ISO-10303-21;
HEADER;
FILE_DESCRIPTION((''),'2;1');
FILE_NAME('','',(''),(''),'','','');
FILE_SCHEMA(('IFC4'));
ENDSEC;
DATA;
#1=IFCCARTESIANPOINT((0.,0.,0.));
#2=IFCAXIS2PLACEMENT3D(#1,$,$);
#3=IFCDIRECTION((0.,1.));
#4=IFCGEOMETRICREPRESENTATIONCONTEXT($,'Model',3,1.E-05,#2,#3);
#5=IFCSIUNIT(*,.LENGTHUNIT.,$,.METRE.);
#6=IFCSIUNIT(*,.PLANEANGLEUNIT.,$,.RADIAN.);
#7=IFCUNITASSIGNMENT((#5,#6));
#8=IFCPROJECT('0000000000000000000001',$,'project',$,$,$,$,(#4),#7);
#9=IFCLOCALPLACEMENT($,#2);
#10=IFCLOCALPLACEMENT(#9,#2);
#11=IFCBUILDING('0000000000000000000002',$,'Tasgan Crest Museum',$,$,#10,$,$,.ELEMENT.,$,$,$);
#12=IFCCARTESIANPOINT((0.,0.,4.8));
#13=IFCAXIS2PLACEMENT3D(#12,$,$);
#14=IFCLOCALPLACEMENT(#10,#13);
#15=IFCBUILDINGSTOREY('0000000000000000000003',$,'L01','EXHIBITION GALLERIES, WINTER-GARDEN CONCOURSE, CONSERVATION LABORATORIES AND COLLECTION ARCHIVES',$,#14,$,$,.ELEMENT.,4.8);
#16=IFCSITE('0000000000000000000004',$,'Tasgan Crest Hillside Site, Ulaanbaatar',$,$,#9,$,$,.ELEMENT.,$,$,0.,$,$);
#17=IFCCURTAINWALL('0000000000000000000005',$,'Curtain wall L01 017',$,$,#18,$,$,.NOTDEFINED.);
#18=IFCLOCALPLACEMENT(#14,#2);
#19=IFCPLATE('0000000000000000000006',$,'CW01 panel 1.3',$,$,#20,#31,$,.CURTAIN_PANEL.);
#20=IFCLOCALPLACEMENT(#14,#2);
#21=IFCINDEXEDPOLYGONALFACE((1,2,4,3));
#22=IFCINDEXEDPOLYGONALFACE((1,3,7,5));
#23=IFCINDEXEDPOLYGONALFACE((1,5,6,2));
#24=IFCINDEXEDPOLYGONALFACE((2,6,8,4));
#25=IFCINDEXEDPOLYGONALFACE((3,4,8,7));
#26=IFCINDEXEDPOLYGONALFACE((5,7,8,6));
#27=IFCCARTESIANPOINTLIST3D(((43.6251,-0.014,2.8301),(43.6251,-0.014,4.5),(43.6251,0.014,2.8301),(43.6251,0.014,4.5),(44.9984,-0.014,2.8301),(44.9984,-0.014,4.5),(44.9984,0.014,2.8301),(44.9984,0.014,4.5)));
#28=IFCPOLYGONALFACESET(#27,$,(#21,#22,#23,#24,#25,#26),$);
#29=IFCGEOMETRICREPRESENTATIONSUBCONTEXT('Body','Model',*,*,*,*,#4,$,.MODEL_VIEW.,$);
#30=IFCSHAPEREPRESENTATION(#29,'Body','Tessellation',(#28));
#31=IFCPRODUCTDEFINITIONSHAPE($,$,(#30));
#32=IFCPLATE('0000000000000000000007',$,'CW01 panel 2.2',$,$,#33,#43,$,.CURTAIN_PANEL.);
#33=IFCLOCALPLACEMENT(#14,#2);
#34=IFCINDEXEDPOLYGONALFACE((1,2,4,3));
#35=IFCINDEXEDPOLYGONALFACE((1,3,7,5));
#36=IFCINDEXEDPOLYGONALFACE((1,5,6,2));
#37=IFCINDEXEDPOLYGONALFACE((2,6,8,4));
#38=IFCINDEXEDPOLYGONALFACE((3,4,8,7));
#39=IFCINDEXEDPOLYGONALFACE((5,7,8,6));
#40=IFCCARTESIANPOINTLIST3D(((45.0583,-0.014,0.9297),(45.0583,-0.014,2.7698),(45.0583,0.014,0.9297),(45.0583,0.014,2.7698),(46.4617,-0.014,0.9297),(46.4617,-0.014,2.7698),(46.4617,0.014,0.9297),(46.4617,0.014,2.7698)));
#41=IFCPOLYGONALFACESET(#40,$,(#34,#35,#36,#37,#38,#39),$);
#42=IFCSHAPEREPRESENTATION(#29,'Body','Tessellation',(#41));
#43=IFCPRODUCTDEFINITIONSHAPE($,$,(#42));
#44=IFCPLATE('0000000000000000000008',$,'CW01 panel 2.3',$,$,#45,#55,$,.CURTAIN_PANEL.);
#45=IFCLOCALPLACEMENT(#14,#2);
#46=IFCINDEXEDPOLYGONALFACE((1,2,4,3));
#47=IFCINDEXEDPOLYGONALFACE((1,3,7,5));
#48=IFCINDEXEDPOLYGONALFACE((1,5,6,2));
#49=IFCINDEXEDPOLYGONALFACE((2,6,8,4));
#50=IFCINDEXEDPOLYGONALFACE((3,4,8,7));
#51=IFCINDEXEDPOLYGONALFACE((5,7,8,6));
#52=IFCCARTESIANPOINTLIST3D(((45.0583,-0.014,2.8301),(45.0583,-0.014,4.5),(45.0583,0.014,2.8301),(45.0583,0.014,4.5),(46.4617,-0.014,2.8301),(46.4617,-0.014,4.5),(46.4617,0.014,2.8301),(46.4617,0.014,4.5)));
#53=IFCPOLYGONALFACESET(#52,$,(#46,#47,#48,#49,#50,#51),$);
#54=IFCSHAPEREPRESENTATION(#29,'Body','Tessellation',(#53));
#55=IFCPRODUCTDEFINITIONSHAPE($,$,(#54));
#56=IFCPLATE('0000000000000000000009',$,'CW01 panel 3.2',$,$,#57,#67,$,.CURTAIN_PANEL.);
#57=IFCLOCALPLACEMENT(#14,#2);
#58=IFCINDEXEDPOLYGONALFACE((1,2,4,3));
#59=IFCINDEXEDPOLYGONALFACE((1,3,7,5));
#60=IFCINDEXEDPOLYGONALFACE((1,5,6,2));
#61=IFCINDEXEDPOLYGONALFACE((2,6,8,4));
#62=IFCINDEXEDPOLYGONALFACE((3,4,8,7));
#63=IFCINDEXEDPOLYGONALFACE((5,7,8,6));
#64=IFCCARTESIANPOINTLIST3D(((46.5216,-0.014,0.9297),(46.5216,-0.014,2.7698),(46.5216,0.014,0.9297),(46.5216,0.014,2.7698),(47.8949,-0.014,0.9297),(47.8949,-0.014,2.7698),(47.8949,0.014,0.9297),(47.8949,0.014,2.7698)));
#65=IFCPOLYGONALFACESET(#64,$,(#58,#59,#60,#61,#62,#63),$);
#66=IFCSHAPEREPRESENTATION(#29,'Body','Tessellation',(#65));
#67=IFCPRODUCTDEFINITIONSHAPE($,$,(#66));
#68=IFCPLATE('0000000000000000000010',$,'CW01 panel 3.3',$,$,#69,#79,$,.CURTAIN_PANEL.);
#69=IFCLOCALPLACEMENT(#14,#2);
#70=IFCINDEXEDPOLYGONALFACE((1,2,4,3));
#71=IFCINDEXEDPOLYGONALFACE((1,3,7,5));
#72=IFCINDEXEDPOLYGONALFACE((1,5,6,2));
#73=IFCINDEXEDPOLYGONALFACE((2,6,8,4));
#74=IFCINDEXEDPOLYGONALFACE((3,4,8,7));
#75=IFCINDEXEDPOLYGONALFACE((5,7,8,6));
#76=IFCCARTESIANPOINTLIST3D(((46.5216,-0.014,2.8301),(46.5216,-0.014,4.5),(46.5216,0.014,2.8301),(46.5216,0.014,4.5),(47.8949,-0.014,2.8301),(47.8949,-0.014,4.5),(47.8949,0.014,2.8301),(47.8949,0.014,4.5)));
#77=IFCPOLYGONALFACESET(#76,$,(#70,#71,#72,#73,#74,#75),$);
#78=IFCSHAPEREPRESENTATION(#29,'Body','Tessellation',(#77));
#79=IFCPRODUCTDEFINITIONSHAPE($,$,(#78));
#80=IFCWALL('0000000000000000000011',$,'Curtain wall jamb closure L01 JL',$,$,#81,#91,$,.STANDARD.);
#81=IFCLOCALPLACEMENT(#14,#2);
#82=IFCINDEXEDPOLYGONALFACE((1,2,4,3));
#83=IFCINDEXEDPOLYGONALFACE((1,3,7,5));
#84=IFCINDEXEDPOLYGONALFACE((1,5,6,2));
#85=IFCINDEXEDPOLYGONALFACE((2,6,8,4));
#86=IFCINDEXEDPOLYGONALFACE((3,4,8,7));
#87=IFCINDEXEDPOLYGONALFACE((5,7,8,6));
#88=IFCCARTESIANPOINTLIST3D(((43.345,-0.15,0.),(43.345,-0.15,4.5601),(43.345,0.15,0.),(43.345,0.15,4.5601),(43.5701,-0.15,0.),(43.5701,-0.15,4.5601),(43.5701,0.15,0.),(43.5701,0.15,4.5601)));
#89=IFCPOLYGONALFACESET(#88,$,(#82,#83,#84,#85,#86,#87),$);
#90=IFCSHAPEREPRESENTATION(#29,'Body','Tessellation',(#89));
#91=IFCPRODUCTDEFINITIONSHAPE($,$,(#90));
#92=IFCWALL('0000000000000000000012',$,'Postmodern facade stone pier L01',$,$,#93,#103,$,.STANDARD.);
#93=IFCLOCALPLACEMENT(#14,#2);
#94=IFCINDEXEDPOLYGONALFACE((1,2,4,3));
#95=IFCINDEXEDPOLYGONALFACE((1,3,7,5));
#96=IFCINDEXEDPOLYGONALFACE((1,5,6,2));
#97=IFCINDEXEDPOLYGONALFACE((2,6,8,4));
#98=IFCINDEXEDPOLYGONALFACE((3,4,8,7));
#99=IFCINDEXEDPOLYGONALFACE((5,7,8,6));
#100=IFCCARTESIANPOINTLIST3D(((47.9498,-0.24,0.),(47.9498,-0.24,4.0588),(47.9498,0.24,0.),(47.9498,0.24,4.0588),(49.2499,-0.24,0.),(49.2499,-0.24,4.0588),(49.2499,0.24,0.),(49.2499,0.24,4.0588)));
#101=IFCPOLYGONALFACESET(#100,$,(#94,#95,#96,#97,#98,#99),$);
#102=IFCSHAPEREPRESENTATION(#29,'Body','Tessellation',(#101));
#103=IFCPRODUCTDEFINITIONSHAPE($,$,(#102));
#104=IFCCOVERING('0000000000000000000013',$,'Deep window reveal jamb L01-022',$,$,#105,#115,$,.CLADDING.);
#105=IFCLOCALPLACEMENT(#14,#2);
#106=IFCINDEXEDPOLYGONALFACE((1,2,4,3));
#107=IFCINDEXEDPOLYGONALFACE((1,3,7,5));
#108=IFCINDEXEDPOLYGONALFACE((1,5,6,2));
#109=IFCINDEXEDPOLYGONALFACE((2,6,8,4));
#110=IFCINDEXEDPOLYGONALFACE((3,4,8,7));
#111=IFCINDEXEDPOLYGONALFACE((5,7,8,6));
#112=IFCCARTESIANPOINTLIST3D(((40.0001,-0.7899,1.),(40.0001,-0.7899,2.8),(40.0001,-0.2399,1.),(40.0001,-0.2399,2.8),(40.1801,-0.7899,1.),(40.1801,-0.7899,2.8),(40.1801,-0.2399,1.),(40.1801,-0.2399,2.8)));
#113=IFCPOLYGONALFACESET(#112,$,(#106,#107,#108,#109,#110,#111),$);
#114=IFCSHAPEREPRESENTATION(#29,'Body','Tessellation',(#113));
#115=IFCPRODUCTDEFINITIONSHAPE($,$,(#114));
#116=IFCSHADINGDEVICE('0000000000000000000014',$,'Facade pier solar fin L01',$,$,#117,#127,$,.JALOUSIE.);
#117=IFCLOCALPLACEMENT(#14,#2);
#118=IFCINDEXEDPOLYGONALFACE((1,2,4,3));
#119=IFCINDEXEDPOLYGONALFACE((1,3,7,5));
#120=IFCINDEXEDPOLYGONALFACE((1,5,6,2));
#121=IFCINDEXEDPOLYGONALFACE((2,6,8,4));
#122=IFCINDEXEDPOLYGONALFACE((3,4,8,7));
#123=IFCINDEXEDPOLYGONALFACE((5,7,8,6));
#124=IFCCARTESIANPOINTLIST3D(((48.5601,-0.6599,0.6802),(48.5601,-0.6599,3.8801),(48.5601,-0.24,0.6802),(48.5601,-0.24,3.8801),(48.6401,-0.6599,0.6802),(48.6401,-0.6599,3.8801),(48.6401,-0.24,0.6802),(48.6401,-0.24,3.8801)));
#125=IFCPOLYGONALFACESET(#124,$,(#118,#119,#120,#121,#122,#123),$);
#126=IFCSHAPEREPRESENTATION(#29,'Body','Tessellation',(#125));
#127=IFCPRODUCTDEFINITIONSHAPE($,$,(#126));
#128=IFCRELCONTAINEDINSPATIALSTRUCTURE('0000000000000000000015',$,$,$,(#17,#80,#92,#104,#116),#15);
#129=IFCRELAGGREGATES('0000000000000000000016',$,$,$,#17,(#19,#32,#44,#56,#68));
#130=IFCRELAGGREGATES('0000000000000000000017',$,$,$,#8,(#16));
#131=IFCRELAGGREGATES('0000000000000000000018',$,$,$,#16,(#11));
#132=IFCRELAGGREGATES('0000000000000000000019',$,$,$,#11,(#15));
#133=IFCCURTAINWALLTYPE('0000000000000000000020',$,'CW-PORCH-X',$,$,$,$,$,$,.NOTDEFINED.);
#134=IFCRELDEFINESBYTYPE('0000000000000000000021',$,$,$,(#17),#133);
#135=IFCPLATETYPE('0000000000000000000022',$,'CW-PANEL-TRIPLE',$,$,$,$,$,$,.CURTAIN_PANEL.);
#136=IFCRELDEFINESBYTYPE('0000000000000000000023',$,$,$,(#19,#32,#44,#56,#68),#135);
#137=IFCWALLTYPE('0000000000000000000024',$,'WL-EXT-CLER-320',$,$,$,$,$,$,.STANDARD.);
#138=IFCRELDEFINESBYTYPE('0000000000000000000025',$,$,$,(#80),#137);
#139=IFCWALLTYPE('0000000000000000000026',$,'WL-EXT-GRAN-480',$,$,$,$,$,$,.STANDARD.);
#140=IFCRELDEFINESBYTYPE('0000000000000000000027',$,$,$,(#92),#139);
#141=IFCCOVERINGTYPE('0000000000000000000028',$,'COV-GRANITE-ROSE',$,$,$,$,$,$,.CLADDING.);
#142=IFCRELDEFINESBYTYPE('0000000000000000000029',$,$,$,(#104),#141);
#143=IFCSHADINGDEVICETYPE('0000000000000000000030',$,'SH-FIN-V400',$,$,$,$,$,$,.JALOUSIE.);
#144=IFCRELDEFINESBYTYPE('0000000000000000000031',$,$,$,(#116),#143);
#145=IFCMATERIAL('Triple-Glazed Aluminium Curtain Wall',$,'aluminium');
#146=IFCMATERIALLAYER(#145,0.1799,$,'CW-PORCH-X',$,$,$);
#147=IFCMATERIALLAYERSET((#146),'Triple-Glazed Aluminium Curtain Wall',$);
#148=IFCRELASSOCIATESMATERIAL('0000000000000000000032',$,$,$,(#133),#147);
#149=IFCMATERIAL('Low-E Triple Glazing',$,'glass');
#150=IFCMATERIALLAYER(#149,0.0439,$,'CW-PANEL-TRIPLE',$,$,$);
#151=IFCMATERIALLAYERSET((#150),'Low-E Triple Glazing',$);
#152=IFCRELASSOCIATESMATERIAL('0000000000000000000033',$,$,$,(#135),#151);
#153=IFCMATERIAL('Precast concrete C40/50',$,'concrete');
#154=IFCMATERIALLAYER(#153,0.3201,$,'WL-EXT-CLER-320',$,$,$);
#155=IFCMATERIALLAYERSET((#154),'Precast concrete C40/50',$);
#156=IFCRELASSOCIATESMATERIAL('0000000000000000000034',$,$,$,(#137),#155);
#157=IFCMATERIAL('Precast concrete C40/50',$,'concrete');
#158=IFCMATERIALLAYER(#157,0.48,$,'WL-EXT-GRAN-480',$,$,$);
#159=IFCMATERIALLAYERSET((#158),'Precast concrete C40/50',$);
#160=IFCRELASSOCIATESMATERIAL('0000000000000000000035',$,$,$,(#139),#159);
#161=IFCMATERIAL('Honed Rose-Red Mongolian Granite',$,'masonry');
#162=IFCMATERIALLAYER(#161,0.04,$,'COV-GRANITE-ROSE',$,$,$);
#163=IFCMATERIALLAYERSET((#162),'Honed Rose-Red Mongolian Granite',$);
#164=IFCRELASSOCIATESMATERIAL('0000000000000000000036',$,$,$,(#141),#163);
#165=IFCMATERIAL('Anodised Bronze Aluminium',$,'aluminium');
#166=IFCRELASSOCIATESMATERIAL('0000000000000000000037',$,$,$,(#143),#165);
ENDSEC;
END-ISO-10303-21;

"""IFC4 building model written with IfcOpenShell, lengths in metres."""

from ifc_helpers import new_model, si_unit, direction, frame, frame_2d, origin, origin_2d, place, context, subcontext, project, spatial, rectangle, extrude, material, layer, layer_set, type_object, element, aggregate, save


model = new_model("IFC4")

# Units and contexts
model_context = context("Model", 3, precision=1e-05, world=origin(), true_north=direction((0.0, 1.0)))
body_context = subcontext(model_context, "Body", "Model", "MODEL_VIEW")
ifc_project = project(units=[si_unit("LENGTHUNIT", "METRE"), si_unit("PLANEANGLEUNIT", "RADIAN")], contexts=[model_context])

# Site, building, storey
site_placement = place(None, origin())
site = spatial("IfcSite", under=ifc_project, at=site_placement, Name="Tasgan Crest Hillside Site, Ulaanbaatar", CompositionType="ELEMENT", RefElevation=0.0)
building_placement = place(site_placement, origin())
building = spatial("IfcBuilding", under=site, at=building_placement, Name="Tasgan Crest Museum", CompositionType="ELEMENT")
storey_placement = place(building_placement, frame((0.0, 0.0, 4.8)))
storey = spatial("IfcBuildingStorey", under=building, at=storey_placement, Name="L01", Description="EXHIBITION GALLERIES, WINTER-GARDEN CONCOURSE, CONSERVATION LABORATORIES AND COLLECTION ARCHIVES", CompositionType="ELEMENT", Elevation=4.8)

# Curtain wall, plates
ifc_material_1 = material(Name="Triple-Glazed Aluminium Curtain Wall", Category="aluminium")
ifc_layer_1 = layer(ifc_material_1, 0.1799, Name="CW-PORCH-X")
ifc_layer_set_1 = layer_set([ifc_layer_1], Name="Triple-Glazed Aluminium Curtain Wall")
curtain_wall_type = type_object("IfcCurtainWallType", Name="CW-PORCH-X", PredefinedType="NOTDEFINED", material=ifc_layer_set_1)
curtain_wall_placement = place(storey_placement, origin())
curtain_wall = element("IfcCurtainWall", 1, at=curtain_wall_placement, inside=storey, type_object=curtain_wall_type, Name="Curtain wall L01 017", PredefinedType="NOTDEFINED")
ifc_material_2 = material(Name="Low-E Triple Glazing", Category="glass")
ifc_layer_2 = layer(ifc_material_2, 0.0439, Name="CW-PANEL-TRIPLE")
ifc_layer_set_2 = layer_set([ifc_layer_2], Name="Low-E Triple Glazing")
plate_type_1 = type_object("IfcPlateType", Name="CW-PANEL-TRIPLE", PredefinedType="CURTAIN_PANEL", material=ifc_layer_set_2)
plate_1_placement = place(storey_placement, frame((44.3118, 0.0, 2.8301), z_axis=(0.0, 0.0, 1.0), x_axis=(1.0, 0.0, 0.0)))
plate_1 = element("IfcPlate", 2, at=plate_1_placement, type_object=plate_type_1, Name="CW01 panel 1.3", PredefinedType="CURTAIN_PANEL", context=body_context, shape_type="SweptSolid", body=[
    extrude(rectangle(XDim=1.3733, YDim=0.0281, at=origin_2d()), origin(), (0.0, 0.0, 1.0), 1.6699),
])
plate_2_placement = place(storey_placement, frame((45.76, 0.0, 0.9297), z_axis=(0.0, 0.0, 1.0), x_axis=(1.0, 0.0, 0.0)))
plate_2 = element("IfcPlate", 3, at=plate_2_placement, type_object=plate_type_1, Name="CW01 panel 2.2", PredefinedType="CURTAIN_PANEL", context=body_context, shape_type="SweptSolid", body=[
    extrude(rectangle(XDim=1.4033, YDim=0.0281, at=origin_2d()), origin(), (0.0, 0.0, 1.0), 1.8401),
])
plate_3_placement = place(storey_placement, frame((45.76, 0.0, 2.8301), z_axis=(0.0, 0.0, 1.0), x_axis=(1.0, 0.0, 0.0)))
plate_3 = element("IfcPlate", 4, at=plate_3_placement, type_object=plate_type_1, Name="CW01 panel 2.3", PredefinedType="CURTAIN_PANEL", context=body_context, shape_type="SweptSolid", body=[
    extrude(rectangle(XDim=1.4033, YDim=0.0281, at=origin_2d()), origin(), (0.0, 0.0, 1.0), 1.6699),
])
plate_4_placement = place(storey_placement, frame((47.2083, 0.0, 0.9297), z_axis=(0.0, 0.0, 1.0), x_axis=(1.0, 0.0, 0.0)))
plate_4 = element("IfcPlate", 5, at=plate_4_placement, type_object=plate_type_1, Name="CW01 panel 3.2", PredefinedType="CURTAIN_PANEL", context=body_context, shape_type="SweptSolid", body=[
    extrude(rectangle(XDim=1.3733, YDim=0.0281, at=origin_2d()), origin(), (0.0, 0.0, 1.0), 1.8401),
])
plate_5_placement = place(storey_placement, frame((47.2083, 0.0, 2.8301), z_axis=(0.0, 0.0, 1.0), x_axis=(1.0, 0.0, 0.0)))
plate_5 = element("IfcPlate", 6, at=plate_5_placement, type_object=plate_type_1, Name="CW01 panel 3.3", PredefinedType="CURTAIN_PANEL", context=body_context, shape_type="SweptSolid", body=[
    extrude(rectangle(XDim=1.3733, YDim=0.0281, at=origin_2d()), origin(), (0.0, 0.0, 1.0), 1.6699),
])
aggregate(curtain_wall, [plate_1, plate_2, plate_3, plate_4, plate_5])

# Walls
ifc_material_3 = material(Name="Precast concrete C40/50", Category="concrete")
ifc_layer_3 = layer(ifc_material_3, 0.3201, Name="WL-EXT-CLER-320")
ifc_layer_set_3 = layer_set([ifc_layer_3], Name="Precast concrete C40/50")
wall_type_1 = type_object("IfcWallType", Name="WL-EXT-CLER-320", PredefinedType="STANDARD", material=ifc_layer_set_3)
wall_1_placement = place(storey_placement, frame((43.345, 0.0, 0.0), z_axis=(0.0, 0.0, 1.0), x_axis=(1.0, 0.0, 0.0)))
element("IfcWall", 7, at=wall_1_placement, inside=storey, type_object=wall_type_1, Name="Curtain wall jamb closure L01 JL", PredefinedType="STANDARD", context=body_context, shape_type="SweptSolid", body=[
    extrude(rectangle(XDim=0.2251, YDim=0.3, at=frame_2d((0.1125, 0.0))), origin(), (0.0, 0.0, 1.0), 4.5601),
])
ifc_material_4 = material(Name="Precast concrete C40/50", Category="concrete")
ifc_layer_4 = layer(ifc_material_4, 0.48, Name="WL-EXT-GRAN-480")
ifc_layer_set_4 = layer_set([ifc_layer_4], Name="Precast concrete C40/50")
wall_type_2 = type_object("IfcWallType", Name="WL-EXT-GRAN-480", PredefinedType="STANDARD", material=ifc_layer_set_4)
wall_2_placement = place(storey_placement, frame((47.95, 0.0, 0.0), z_axis=(0.0, 0.0, 1.0), x_axis=(1.0, 0.0, 0.0)))
element("IfcWall", 8, at=wall_2_placement, inside=storey, type_object=wall_type_2, Name="Postmodern facade stone pier L01", PredefinedType="STANDARD", context=body_context, shape_type="SweptSolid", body=[
    extrude(rectangle(XDim=1.3, YDim=0.48, at=frame_2d((0.6499, 0.0))), origin(), (0.0, 0.0, 1.0), 4.0588),
])

# Covering
ifc_material_5 = material(Name="Honed Rose-Red Mongolian Granite", Category="masonry")
ifc_layer_5 = layer(ifc_material_5, 0.04, Name="COV-GRANITE-ROSE")
ifc_layer_set_5 = layer_set([ifc_layer_5], Name="Honed Rose-Red Mongolian Granite")
covering_type = type_object("IfcCoveringType", Name="COV-GRANITE-ROSE", PredefinedType="CLADDING", material=ifc_layer_set_5)
covering_placement = place(storey_placement, frame((40.0901, -0.5149, 1.0), z_axis=(0.0, 0.0, 1.0), x_axis=(1.0, 0.0, 0.0)))
element("IfcCovering", 9, at=covering_placement, inside=storey, type_object=covering_type, Name="Deep window reveal jamb L01-022", PredefinedType="CLADDING", context=body_context, shape_type="SweptSolid", body=[
    extrude(rectangle(XDim=0.1799, YDim=0.55, at=origin_2d()), origin(), (0.0, 0.0, 1.0), 1.8),
])

# Shading device
ifc_material_6 = material(Name="Anodised Bronze Aluminium", Category="aluminium")
shading_device_type = type_object("IfcShadingDeviceType", Name="SH-FIN-V400", PredefinedType="JALOUSIE", material=ifc_material_6)
shading_device_placement = place(storey_placement, frame((48.6001, -0.45, 0.6802), z_axis=(0.0, 0.0, 1.0), x_axis=(1.0, 0.0, 0.0)))
element("IfcShadingDevice", 10, at=shading_device_placement, inside=storey, type_object=shading_device_type, Name="Facade pier solar fin L01", PredefinedType="JALOUSIE", context=body_context, shape_type="SweptSolid", body=[
    extrude(rectangle(XDim=0.0801, YDim=0.4199, at=origin_2d()), origin(), (0.0, 0.0, 1.0), 3.2),
])

save(model, "model.ifc")
